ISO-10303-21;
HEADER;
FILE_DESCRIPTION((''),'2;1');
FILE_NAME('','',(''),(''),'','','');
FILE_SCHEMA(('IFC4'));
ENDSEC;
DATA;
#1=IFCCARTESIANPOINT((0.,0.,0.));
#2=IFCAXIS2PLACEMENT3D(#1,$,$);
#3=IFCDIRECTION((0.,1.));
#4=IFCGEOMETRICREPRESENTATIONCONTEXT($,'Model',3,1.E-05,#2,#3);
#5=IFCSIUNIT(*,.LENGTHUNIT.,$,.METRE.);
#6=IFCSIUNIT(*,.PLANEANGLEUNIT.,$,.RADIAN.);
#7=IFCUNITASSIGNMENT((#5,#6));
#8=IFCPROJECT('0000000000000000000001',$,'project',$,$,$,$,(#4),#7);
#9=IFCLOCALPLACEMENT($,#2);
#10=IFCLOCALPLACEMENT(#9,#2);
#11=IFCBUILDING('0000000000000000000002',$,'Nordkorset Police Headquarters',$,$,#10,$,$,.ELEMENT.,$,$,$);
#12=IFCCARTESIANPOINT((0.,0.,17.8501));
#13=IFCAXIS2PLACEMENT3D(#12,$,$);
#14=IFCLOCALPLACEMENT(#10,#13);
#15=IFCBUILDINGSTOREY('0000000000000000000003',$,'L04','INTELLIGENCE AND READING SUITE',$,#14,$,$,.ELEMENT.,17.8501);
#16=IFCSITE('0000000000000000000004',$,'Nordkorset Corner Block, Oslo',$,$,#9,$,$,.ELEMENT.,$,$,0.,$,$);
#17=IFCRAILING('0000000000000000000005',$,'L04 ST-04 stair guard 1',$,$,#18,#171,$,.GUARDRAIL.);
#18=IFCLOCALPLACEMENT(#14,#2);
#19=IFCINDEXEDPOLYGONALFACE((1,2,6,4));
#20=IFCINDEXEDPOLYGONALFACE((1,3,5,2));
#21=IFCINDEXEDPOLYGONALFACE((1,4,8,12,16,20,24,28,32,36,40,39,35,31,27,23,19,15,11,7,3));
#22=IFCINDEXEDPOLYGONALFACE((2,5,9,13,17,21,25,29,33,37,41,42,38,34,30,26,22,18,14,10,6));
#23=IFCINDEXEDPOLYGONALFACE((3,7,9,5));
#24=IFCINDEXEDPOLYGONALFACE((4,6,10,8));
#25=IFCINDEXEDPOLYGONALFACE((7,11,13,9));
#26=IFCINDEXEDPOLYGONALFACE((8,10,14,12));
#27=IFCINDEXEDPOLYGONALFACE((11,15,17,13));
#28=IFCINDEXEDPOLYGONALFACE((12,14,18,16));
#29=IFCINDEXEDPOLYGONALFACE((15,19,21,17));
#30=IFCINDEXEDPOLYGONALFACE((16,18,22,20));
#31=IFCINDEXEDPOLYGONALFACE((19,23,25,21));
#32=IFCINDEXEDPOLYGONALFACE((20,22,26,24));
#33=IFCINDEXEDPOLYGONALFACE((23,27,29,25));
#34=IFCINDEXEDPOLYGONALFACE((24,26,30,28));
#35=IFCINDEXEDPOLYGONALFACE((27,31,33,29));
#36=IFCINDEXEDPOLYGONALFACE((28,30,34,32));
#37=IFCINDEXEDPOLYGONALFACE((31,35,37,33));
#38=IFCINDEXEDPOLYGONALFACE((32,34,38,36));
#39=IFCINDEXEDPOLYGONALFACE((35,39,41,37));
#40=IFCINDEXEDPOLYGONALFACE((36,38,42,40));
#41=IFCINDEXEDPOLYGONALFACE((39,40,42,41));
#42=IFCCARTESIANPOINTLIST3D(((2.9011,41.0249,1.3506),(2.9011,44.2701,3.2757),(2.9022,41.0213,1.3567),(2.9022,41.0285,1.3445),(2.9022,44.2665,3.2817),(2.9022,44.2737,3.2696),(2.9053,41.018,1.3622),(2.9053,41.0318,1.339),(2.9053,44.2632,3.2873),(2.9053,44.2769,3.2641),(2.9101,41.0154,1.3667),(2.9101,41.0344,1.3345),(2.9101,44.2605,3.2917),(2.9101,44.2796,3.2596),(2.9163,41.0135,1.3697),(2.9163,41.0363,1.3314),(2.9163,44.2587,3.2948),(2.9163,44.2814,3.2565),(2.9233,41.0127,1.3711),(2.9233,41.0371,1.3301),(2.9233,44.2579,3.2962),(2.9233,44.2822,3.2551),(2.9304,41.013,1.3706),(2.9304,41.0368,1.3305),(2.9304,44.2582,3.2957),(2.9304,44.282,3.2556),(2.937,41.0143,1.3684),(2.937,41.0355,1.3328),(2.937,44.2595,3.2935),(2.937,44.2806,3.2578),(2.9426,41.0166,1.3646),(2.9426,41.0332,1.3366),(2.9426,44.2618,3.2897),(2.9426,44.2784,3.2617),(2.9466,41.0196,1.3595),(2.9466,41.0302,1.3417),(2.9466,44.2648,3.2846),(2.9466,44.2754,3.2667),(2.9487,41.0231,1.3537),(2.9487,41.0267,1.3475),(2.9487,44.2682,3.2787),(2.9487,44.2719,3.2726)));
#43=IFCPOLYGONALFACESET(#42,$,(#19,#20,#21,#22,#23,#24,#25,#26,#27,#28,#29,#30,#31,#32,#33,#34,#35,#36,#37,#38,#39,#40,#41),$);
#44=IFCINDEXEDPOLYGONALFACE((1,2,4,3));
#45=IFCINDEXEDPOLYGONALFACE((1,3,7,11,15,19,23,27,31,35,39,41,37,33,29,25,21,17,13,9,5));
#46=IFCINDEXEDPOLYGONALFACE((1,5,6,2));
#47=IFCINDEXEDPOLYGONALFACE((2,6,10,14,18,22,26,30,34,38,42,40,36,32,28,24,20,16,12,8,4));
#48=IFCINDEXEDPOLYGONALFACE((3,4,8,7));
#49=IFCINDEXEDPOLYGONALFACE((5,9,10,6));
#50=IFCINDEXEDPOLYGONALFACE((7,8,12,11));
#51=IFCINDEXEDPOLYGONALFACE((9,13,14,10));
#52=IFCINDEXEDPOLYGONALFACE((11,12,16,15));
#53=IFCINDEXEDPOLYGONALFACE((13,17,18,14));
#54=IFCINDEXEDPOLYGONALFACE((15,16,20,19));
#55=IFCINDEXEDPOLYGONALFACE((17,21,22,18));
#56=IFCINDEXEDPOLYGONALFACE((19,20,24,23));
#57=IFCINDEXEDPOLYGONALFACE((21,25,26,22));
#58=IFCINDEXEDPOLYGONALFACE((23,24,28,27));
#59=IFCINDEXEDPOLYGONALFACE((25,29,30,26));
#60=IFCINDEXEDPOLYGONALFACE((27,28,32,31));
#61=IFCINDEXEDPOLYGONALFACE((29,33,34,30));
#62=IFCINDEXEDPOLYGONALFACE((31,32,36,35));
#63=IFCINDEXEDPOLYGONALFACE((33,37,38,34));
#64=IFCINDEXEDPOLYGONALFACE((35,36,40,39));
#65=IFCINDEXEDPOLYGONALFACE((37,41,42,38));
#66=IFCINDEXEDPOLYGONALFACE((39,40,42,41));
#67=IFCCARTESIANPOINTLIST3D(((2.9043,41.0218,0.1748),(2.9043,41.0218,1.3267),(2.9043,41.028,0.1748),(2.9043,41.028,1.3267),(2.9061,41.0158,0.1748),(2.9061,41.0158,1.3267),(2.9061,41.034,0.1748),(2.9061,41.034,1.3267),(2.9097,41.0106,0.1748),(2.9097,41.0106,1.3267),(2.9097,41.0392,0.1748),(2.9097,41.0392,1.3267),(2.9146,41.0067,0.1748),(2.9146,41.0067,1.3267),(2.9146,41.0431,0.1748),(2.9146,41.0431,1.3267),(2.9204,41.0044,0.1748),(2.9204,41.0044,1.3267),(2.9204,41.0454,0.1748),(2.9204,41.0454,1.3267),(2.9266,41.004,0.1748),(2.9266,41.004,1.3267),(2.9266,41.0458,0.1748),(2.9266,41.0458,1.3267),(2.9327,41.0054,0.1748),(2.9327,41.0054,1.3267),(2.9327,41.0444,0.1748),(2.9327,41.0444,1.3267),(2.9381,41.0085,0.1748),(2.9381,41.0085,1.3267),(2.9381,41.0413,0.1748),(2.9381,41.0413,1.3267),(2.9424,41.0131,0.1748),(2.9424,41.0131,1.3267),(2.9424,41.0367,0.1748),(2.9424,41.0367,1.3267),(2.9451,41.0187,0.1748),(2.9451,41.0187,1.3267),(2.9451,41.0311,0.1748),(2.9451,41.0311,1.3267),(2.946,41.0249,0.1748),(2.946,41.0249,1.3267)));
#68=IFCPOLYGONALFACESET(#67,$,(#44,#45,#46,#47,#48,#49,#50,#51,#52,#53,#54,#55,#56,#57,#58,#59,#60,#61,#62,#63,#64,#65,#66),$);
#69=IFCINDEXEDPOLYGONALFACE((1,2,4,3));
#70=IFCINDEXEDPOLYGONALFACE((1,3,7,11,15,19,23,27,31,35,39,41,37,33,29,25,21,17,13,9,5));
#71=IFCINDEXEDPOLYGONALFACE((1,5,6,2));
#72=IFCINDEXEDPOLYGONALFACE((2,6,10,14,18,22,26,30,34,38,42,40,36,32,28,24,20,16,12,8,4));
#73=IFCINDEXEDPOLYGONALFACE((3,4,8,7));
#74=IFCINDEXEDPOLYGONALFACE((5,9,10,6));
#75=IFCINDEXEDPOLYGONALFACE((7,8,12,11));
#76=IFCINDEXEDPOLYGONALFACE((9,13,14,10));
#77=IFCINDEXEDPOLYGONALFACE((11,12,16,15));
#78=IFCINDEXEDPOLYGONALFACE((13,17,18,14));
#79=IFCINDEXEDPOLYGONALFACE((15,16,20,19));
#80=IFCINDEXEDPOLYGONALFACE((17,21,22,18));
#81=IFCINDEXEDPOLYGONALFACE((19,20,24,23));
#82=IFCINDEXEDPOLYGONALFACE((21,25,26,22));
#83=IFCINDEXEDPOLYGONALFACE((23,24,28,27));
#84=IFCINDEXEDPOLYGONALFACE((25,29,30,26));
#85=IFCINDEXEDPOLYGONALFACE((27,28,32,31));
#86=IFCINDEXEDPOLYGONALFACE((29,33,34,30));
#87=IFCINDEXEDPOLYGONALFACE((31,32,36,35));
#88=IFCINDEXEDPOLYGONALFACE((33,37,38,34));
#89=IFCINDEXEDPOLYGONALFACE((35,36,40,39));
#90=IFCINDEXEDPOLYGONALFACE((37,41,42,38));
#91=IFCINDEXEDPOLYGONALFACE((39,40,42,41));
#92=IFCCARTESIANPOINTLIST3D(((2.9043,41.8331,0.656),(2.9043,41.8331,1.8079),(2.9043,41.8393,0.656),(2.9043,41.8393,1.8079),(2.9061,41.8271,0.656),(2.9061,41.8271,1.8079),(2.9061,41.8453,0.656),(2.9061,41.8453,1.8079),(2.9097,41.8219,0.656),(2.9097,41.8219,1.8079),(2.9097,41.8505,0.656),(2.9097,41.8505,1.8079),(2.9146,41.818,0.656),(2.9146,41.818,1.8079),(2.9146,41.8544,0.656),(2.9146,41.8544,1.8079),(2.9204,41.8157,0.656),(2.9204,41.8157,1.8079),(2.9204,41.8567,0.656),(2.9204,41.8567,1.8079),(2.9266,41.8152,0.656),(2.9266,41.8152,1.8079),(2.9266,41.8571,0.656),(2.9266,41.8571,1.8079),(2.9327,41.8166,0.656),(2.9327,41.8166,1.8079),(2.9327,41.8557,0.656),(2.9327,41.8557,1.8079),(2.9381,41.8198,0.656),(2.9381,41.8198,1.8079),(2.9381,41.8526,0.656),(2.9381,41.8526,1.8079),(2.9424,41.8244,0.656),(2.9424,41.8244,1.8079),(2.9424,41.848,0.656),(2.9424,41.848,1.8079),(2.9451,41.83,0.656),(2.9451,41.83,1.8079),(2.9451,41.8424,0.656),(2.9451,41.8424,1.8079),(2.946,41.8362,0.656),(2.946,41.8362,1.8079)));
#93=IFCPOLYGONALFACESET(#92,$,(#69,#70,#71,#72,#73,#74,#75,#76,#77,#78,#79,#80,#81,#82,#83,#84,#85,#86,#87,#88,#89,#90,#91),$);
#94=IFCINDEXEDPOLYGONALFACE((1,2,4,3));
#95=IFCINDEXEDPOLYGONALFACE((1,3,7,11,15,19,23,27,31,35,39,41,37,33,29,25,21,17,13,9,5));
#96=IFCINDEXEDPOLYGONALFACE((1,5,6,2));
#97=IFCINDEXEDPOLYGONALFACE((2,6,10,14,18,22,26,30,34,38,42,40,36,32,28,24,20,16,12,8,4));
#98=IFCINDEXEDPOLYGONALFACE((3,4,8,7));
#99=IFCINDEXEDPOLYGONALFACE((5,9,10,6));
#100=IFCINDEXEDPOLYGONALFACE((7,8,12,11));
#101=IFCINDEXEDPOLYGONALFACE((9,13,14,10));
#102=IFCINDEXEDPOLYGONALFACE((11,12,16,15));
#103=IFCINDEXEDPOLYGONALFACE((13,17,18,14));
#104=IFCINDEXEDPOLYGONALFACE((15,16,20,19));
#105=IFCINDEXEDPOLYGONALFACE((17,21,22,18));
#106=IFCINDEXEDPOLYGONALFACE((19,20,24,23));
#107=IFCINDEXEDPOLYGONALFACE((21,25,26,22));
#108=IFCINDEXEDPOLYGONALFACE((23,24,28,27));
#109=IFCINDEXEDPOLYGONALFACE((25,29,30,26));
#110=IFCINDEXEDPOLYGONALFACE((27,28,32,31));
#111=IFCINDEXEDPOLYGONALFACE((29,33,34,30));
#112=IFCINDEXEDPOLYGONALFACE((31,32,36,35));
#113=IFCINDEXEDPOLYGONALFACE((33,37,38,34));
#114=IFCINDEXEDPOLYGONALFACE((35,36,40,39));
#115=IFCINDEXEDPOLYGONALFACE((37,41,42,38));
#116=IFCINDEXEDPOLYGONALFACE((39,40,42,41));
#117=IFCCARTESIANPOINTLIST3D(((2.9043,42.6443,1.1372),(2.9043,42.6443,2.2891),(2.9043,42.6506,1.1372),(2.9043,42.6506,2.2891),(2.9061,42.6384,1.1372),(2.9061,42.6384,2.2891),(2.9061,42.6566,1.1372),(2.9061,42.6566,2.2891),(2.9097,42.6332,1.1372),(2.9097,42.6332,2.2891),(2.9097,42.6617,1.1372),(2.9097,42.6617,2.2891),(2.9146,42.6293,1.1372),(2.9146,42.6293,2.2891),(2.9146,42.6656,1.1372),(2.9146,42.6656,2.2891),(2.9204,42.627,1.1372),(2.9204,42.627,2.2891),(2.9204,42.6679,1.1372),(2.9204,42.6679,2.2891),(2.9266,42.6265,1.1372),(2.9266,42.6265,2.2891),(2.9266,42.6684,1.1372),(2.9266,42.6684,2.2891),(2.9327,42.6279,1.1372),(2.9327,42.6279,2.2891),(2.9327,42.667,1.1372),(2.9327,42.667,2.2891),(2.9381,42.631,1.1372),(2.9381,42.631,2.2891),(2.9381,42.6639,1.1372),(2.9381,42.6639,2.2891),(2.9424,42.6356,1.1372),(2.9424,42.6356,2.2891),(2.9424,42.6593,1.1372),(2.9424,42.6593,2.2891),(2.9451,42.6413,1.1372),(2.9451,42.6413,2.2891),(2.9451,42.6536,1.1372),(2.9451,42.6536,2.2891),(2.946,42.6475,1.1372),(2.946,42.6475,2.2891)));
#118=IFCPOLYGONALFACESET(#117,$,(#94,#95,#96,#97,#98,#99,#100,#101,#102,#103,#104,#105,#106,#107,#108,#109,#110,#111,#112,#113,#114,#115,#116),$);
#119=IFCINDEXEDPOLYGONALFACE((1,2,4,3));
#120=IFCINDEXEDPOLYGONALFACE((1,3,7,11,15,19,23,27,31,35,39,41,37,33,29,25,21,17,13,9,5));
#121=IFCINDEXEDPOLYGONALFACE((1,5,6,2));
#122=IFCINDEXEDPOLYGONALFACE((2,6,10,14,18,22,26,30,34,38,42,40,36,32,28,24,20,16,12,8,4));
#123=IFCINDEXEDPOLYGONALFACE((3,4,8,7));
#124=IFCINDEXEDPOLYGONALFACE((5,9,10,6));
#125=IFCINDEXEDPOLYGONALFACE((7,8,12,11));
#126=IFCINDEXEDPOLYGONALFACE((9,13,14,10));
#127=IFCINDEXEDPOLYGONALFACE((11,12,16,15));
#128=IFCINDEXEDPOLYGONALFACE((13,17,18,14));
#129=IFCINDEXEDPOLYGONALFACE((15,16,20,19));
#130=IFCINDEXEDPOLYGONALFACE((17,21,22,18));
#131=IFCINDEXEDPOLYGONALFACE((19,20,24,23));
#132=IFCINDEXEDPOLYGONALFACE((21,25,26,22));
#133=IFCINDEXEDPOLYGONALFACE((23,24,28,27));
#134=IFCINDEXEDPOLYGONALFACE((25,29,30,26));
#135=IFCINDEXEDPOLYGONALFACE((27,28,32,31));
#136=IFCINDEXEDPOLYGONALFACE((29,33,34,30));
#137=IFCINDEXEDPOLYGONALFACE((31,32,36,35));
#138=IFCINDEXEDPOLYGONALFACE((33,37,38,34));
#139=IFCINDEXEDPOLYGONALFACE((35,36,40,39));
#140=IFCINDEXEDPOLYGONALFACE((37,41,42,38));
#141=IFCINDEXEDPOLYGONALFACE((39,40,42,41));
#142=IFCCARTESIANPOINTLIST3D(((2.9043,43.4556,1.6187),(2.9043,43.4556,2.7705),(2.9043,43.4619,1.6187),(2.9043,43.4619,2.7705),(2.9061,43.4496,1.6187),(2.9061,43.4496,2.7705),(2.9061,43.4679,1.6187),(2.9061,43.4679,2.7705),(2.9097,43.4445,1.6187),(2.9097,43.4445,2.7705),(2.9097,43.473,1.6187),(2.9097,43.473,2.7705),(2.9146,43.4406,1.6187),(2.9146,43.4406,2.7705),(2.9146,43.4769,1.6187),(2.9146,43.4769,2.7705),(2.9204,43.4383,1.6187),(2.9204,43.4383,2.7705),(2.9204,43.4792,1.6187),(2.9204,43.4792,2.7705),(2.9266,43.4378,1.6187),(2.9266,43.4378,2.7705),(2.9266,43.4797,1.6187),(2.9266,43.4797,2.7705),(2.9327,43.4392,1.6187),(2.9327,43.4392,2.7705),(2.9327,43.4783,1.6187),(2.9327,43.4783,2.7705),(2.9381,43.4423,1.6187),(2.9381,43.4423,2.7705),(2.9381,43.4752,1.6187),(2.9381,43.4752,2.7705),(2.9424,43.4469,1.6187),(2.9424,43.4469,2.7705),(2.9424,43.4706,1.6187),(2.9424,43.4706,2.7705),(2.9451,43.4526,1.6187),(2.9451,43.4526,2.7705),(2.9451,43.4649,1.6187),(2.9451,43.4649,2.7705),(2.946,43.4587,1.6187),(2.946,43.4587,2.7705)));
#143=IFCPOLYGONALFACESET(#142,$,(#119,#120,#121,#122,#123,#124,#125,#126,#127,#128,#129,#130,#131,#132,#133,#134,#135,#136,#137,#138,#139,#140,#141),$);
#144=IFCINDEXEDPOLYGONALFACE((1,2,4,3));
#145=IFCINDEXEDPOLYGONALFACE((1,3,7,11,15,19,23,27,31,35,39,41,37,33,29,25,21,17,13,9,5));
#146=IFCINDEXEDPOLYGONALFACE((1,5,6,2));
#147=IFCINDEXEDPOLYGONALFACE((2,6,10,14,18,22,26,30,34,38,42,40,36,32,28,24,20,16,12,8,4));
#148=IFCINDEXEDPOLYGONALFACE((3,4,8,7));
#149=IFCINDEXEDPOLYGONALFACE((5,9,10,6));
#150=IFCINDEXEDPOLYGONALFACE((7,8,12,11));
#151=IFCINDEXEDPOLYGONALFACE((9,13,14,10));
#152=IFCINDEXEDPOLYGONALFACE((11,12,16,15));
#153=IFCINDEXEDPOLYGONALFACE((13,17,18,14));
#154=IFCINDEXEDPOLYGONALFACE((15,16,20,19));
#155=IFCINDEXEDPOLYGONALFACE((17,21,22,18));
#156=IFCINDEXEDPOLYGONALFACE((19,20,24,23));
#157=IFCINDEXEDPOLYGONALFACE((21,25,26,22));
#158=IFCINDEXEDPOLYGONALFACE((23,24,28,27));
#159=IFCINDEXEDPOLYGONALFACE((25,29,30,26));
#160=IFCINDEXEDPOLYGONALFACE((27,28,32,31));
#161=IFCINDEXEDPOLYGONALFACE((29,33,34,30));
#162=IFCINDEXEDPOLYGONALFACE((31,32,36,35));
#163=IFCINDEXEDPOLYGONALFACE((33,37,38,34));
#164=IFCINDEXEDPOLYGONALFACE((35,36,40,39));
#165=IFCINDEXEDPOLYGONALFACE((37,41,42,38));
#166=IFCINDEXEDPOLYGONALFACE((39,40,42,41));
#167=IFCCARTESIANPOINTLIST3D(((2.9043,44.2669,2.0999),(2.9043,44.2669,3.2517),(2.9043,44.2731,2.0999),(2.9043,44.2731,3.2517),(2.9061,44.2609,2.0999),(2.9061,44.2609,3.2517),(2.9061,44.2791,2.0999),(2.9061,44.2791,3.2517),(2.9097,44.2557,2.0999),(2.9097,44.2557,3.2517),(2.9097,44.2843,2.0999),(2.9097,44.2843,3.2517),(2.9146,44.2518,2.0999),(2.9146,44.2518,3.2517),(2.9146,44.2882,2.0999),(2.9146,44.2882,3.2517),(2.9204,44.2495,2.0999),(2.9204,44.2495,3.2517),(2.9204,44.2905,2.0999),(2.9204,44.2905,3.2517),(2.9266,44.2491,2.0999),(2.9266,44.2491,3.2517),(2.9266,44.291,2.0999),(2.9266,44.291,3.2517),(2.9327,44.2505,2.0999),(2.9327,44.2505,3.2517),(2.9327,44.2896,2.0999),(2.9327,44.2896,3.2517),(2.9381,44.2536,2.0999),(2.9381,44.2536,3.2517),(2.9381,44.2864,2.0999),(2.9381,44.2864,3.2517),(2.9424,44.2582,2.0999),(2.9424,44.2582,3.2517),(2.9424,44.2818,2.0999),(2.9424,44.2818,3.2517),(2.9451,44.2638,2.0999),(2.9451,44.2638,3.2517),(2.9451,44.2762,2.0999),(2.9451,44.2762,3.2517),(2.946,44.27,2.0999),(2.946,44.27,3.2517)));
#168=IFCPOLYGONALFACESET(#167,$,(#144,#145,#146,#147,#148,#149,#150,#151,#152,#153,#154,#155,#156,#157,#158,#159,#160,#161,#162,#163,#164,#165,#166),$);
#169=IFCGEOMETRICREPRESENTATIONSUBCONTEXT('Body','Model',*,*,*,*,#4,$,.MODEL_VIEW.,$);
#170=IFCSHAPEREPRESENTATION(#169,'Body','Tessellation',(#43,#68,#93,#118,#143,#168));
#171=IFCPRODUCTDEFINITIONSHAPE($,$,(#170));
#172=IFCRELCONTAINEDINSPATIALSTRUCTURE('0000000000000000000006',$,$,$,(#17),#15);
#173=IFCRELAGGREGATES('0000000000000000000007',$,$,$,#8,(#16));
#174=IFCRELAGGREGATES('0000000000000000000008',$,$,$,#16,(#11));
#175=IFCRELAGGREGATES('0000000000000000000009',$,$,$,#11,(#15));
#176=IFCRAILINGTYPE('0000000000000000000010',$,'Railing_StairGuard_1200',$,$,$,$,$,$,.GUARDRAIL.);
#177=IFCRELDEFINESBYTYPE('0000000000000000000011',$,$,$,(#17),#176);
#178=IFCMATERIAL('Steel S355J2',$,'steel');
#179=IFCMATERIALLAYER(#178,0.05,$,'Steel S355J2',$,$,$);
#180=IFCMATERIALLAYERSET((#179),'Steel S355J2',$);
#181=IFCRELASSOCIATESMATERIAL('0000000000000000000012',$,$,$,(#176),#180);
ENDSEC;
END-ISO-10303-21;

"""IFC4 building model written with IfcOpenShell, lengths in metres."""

from ifc_helpers import new_model, si_unit, direction, frame, origin, origin_2d, place, context, subcontext, project, spatial, circle, extrude, material, layer, layer_set, type_object, element, save


model = new_model("IFC4")

# Units and contexts
model_context = context("Model", 3, precision=1e-05, world=origin(), true_north=direction((0.0, 1.0)))
body_context = subcontext(model_context, "Body", "Model", "MODEL_VIEW")
ifc_project = project(units=[si_unit("LENGTHUNIT", "METRE"), si_unit("PLANEANGLEUNIT", "RADIAN")], contexts=[model_context])

# Site, building, storey
site_placement = place(None, origin())
site = spatial("IfcSite", under=ifc_project, at=site_placement, Name="Nordkorset Corner Block, Oslo", CompositionType="ELEMENT", RefElevation=0.0)
building_placement = place(site_placement, origin())
building = spatial("IfcBuilding", under=site, at=building_placement, Name="Nordkorset Police Headquarters", CompositionType="ELEMENT")
storey_placement = place(building_placement, frame((0.0, 0.0, 17.8501)))
storey = spatial("IfcBuildingStorey", under=building, at=storey_placement, Name="L04", Description="INTELLIGENCE AND READING SUITE", CompositionType="ELEMENT", Elevation=17.8501)

# Railing
ifc_material_1 = material(Name="Steel S355J2", Category="steel")
ifc_layer_1 = layer(ifc_material_1, 0.05, Name="Steel S355J2")
ifc_layer_set_1 = layer_set([ifc_layer_1], Name="Steel S355J2")
railing_type_1 = type_object("IfcRailingType", Name="Railing_StairGuard_1200", PredefinedType="GUARDRAIL", material=ifc_layer_set_1)
railing_1_placement = place(storey_placement, frame((2.925, 41.0249, 0.1748)))
element("IfcRailing", 1, at=railing_1_placement, inside=storey, type_object=railing_type_1, Name="L04 ST-04 stair guard 1", PredefinedType="GUARDRAIL", context=body_context, shape_type="SweptSolid", body=[
    extrude(circle(Radius=0.0239, at=origin_2d()), frame((0.0, 0.0, 1.1758), z_axis=(0.0, 0.860057, 0.510198), x_axis=(-1.0, 0.0, 0.0)), (0.0, 0.0, 1.0), 3.7732),
    extrude(circle(Radius=0.021, at=origin_2d()), origin(), (0.0, 0.0, 1.0), 1.1519),
    extrude(circle(Radius=0.021, at=origin_2d()), frame((0.0, 0.8113, 0.4812)), (0.0, 0.0, 1.0), 1.1519),
    extrude(circle(Radius=0.021, at=origin_2d()), frame((0.0, 1.6226, 0.9624)), (0.0, 0.0, 1.0), 1.1519),
    extrude(circle(Radius=0.021, at=origin_2d()), frame((0.0, 2.4338, 1.4438)), (0.0, 0.0, 1.0), 1.1519),
    extrude(circle(Radius=0.021, at=origin_2d()), frame((0.0, 3.2451, 1.925)), (0.0, 0.0, 1.0), 1.1519),
])

save(model, "model.ifc")
